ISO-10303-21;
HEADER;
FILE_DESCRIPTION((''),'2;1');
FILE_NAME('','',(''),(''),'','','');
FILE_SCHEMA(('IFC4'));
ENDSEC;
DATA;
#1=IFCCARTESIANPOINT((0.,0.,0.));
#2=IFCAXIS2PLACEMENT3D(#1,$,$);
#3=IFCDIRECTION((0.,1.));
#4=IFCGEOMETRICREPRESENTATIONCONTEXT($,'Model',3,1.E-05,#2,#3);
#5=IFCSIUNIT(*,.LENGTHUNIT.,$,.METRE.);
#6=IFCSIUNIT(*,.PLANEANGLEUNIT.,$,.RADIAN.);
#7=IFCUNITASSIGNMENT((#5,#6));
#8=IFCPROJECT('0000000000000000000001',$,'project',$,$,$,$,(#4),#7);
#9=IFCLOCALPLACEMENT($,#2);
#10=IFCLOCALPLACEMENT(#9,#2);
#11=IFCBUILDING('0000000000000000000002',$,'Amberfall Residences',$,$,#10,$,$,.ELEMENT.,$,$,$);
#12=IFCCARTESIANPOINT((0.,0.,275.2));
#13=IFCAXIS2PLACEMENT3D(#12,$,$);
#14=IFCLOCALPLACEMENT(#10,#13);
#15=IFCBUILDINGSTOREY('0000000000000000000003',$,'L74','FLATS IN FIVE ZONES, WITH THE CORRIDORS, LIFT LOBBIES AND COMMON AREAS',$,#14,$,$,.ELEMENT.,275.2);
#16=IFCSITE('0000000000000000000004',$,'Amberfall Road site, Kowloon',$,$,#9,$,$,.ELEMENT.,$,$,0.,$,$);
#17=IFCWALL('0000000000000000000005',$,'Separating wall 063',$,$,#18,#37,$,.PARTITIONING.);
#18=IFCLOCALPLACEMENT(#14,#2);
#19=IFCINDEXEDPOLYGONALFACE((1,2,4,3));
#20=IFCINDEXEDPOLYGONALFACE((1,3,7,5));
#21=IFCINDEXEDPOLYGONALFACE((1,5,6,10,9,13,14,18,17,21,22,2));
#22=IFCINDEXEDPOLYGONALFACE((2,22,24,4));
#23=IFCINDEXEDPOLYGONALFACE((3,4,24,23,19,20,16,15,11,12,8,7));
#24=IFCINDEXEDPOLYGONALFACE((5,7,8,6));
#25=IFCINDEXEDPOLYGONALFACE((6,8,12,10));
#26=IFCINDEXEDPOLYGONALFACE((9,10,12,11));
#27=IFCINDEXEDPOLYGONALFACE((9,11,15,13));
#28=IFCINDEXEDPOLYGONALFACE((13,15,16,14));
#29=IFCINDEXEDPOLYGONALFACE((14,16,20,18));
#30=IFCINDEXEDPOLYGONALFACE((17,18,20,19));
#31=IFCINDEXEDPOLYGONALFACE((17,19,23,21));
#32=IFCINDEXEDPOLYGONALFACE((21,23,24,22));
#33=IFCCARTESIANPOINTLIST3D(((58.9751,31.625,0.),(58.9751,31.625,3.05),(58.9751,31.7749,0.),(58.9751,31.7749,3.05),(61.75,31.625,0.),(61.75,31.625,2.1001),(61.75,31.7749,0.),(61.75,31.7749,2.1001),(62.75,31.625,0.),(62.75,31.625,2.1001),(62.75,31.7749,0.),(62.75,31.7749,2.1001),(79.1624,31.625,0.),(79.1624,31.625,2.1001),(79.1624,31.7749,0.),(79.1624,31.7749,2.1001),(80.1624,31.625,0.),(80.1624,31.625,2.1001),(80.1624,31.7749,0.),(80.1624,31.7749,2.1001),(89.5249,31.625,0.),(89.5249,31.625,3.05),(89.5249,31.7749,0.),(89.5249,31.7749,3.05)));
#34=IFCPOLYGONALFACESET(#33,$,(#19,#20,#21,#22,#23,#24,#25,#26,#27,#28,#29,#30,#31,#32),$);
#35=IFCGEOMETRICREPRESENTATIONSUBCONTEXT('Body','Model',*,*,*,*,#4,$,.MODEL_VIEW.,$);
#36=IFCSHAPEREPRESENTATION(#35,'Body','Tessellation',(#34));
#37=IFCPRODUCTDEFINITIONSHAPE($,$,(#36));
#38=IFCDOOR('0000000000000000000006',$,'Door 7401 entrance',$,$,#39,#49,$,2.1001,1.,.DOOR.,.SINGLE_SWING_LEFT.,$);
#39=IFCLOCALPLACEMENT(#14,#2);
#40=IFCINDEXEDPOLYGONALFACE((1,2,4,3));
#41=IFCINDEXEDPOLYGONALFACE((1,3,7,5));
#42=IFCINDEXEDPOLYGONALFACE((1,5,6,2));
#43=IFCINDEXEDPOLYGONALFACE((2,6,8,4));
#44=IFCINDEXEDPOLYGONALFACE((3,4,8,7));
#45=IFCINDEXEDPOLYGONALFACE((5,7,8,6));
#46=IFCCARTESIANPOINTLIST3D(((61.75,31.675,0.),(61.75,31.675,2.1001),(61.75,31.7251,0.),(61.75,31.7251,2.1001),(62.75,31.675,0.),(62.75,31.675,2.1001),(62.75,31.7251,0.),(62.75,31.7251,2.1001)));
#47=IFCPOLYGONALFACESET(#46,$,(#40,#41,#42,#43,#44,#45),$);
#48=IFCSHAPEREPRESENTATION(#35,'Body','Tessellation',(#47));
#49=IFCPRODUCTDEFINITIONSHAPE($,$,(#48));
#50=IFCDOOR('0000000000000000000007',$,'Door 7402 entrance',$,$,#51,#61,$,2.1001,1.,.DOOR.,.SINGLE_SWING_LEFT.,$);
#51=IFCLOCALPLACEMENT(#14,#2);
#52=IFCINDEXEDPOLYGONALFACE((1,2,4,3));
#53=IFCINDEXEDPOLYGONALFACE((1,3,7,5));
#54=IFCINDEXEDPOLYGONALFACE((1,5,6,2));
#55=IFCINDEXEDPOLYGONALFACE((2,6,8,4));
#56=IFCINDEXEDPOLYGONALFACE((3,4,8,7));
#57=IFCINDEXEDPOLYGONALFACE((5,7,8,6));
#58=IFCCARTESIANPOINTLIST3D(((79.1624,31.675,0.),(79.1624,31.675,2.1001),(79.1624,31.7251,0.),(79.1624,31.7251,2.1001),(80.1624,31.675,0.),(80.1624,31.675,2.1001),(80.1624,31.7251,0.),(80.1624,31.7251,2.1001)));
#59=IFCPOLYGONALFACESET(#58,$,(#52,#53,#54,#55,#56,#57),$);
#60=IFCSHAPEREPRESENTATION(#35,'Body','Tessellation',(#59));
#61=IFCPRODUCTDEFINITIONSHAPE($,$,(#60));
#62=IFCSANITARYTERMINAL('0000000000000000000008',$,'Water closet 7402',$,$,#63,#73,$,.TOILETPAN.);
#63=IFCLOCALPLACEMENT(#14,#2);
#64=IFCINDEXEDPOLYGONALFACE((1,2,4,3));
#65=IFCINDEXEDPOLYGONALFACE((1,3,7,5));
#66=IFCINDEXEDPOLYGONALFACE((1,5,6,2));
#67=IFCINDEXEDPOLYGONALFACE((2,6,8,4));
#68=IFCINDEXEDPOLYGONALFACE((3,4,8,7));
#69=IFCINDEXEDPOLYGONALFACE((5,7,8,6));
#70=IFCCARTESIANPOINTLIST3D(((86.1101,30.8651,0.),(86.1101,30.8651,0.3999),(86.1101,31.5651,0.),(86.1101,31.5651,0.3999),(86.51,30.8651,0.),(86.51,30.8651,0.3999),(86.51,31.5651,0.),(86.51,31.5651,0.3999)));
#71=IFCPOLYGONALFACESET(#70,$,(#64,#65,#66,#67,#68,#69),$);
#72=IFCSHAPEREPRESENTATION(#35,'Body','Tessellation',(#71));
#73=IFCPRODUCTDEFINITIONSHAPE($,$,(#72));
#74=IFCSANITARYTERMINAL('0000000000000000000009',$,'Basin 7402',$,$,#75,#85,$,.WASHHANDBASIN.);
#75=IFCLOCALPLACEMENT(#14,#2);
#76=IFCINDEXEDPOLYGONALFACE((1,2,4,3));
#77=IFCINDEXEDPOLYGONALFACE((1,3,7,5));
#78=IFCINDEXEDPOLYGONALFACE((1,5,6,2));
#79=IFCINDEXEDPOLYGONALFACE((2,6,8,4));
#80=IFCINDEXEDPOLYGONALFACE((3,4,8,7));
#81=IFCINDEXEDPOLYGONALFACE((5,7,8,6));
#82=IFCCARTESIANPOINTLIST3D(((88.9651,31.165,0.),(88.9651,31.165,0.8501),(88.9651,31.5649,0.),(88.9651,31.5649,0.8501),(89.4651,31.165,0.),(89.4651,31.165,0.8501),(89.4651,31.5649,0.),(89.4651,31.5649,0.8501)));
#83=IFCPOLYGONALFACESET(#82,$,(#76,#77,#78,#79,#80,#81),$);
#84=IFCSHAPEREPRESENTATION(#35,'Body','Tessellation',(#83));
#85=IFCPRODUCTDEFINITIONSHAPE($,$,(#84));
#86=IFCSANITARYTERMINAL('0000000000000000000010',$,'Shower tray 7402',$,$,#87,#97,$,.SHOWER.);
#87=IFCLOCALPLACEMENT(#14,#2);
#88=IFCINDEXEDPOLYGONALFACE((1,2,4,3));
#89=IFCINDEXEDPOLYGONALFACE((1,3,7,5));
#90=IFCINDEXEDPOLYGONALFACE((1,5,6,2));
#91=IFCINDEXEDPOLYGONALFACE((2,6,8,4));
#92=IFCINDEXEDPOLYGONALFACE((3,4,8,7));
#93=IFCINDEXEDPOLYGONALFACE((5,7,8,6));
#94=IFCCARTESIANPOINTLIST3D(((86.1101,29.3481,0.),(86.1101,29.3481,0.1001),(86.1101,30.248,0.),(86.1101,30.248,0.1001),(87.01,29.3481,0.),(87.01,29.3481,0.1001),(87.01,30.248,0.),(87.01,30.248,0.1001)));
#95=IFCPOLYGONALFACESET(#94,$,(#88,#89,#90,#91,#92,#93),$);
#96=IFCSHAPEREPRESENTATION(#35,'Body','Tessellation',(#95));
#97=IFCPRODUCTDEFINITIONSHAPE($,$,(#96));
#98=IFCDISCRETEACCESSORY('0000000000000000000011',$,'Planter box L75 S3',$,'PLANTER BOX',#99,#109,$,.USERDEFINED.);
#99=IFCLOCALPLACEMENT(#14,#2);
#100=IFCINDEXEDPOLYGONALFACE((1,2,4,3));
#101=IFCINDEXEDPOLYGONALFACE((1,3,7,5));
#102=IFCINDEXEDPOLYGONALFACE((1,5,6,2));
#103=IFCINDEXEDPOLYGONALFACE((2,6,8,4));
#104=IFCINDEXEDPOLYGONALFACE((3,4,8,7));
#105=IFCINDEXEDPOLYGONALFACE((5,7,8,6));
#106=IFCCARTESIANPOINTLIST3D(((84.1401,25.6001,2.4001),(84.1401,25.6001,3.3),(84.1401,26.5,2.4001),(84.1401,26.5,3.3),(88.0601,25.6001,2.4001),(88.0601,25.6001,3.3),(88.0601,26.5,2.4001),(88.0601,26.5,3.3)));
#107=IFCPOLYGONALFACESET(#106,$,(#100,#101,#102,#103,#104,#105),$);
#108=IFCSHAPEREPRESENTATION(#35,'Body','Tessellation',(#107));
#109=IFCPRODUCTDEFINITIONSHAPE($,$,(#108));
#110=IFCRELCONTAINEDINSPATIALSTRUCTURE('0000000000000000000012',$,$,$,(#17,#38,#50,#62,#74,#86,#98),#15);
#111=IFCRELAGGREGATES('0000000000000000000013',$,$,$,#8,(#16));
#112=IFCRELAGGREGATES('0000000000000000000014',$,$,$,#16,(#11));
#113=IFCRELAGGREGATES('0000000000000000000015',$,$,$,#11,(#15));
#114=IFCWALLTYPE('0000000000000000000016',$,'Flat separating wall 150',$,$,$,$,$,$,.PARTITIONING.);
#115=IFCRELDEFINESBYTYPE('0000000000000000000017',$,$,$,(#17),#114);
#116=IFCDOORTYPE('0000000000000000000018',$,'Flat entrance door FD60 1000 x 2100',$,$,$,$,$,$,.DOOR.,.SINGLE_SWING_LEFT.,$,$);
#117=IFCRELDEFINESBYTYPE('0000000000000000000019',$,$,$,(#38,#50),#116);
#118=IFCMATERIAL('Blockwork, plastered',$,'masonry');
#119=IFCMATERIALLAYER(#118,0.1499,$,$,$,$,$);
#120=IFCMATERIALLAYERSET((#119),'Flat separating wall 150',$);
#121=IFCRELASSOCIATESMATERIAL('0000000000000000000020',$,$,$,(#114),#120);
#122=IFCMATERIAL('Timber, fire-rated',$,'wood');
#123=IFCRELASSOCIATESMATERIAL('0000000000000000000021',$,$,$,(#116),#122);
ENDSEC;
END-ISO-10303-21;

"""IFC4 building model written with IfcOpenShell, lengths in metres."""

from ifc_helpers import new_model, si_unit, direction, frame, frame_2d, origin, origin_2d, place, context, subcontext, project, spatial, rectangle, extrude, material, layer, layer_set, type_object, element, fill, save


model = new_model("IFC4")

# Units and contexts
model_context = context("Model", 3, precision=1e-05, world=origin(), true_north=direction((0.0, 1.0)))
body_context = subcontext(model_context, "Body", "Model", "MODEL_VIEW")
ifc_project = project(units=[si_unit("LENGTHUNIT", "METRE"), si_unit("PLANEANGLEUNIT", "RADIAN")], contexts=[model_context])

# Site, building, storey
site_placement = place(None, origin())
site = spatial("IfcSite", under=ifc_project, at=site_placement, Name="Amberfall Road site, Kowloon", CompositionType="ELEMENT", RefElevation=0.0)
building_placement = place(site_placement, origin())
building = spatial("IfcBuilding", under=site, at=building_placement, Name="Amberfall Residences", CompositionType="ELEMENT")
storey_placement = place(building_placement, frame((0.0, 0.0, 275.2)))
storey = spatial("IfcBuildingStorey", under=building, at=storey_placement, Name="L74", Description="FLATS IN FIVE ZONES, WITH THE CORRIDORS, LIFT LOBBIES AND COMMON AREAS", CompositionType="ELEMENT", Elevation=275.2)

# Shared definitions
ifc_material_1 = material(Name="Blockwork, plastered", Category="masonry")
ifc_layer_1 = layer(ifc_material_1, 0.1499)
ifc_layer_set_1 = layer_set([ifc_layer_1], Name="Flat separating wall 150")
wall_type_1 = type_object("IfcWallType", Name="Flat separating wall 150", PredefinedType="PARTITIONING", material=ifc_layer_set_1)

# Wall, openings, doors
wall_1_placement = place(storey_placement, frame((89.5249, 31.7, 0.0), z_axis=(0.0, 0.0, 1.0), x_axis=(-1.0, 0.0, 0.0)))
wall_1 = element("IfcWall", 1, at=wall_1_placement, inside=storey, type_object=wall_type_1, Name="Separating wall 063", PredefinedType="PARTITIONING", context=body_context, shape_type="SweptSolid", body=[
    extrude(rectangle(XDim=30.5498, YDim=0.1499, at=frame_2d((15.2749, 0.0))), origin(), (0.0, 0.0, 1.0), 3.05),
])
opening_1_placement = place(wall_1_placement, frame((26.7749, 0.0, 0.0)))
opening_1 = element("IfcOpeningElement", 2, at=opening_1_placement, cuts=wall_1, PredefinedType="OPENING", context=body_context, shape_type="SweptSolid", body=[
    extrude(rectangle(XDim=1.0, YDim=2.1001, at=frame_2d((0.5, 1.05))), frame((0.0, 0.085, 0.0), z_axis=(0.0, -1.0, 0.0), x_axis=(1.0, 0.0, 0.0)), (0.0, 0.0, 1.0), 0.1699),
])
opening_2_placement = place(wall_1_placement, frame((9.3625, 0.0, 0.0)))
opening_2 = element("IfcOpeningElement", 3, at=opening_2_placement, cuts=wall_1, PredefinedType="OPENING", context=body_context, shape_type="SweptSolid", body=[
    extrude(rectangle(XDim=1.0, YDim=2.1001, at=frame_2d((0.5, 1.05))), frame((0.0, 0.085, 0.0), z_axis=(0.0, -1.0, 0.0), x_axis=(1.0, 0.0, 0.0)), (0.0, 0.0, 1.0), 0.1699),
])
ifc_material_2 = material(Name="Timber, fire-rated", Category="wood")
door_type_1 = type_object("IfcDoorType", Name="Flat entrance door FD60 1000 x 2100", OperationType="SINGLE_SWING_LEFT", PredefinedType="DOOR", material=ifc_material_2)
door_1_placement = place(opening_1_placement, origin())
door_1 = element("IfcDoor", 4, at=door_1_placement, inside=storey, type_object=door_type_1, Name="Door 7401 entrance", OperationType="SINGLE_SWING_LEFT", OverallHeight=2.1001, OverallWidth=1.0, PredefinedType="DOOR", context=body_context, shape_type="SweptSolid", body=[
    extrude(rectangle(XDim=1.0, YDim=2.1001, at=frame_2d((0.5, 1.05))), frame((0.0, 0.0249, 0.0), z_axis=(0.0, -1.0, 0.0), x_axis=(1.0, 0.0, 0.0)), (0.0, 0.0, 1.0), 0.05),
])
fill(opening_1, door_1)
door_2_placement = place(opening_2_placement, origin())
door_2 = element("IfcDoor", 5, at=door_2_placement, inside=storey, type_object=door_type_1, Name="Door 7402 entrance", OperationType="SINGLE_SWING_LEFT", OverallHeight=2.1001, OverallWidth=1.0, PredefinedType="DOOR", context=body_context, shape_type="SweptSolid", body=[
    extrude(rectangle(XDim=1.0, YDim=2.1001, at=frame_2d((0.5, 1.05))), frame((0.0, 0.0249, 0.0), z_axis=(0.0, -1.0, 0.0), x_axis=(1.0, 0.0, 0.0)), (0.0, 0.0, 1.0), 0.05),
])
fill(opening_2, door_2)

# Sanitary terminals
sanitary_terminal_1_placement = place(storey_placement, frame((86.3101, 31.2151, 0.0), z_axis=(0.0, 0.0, 1.0), x_axis=(1.0, 0.0, 0.0)))
element("IfcSanitaryTerminal", 6, at=sanitary_terminal_1_placement, inside=storey, Name="Water closet 7402", PredefinedType="TOILETPAN", context=body_context, shape_type="SweptSolid", body=[
    extrude(rectangle(XDim=0.3999, YDim=0.7, at=origin_2d()), origin(), (0.0, 0.0, 1.0), 0.3999),
])
sanitary_terminal_2_placement = place(storey_placement, frame((89.2151, 31.365, 0.0), z_axis=(0.0, 0.0, 1.0), x_axis=(1.0, 0.0, 0.0)))
element("IfcSanitaryTerminal", 7, at=sanitary_terminal_2_placement, inside=storey, Name="Basin 7402", PredefinedType="WASHHANDBASIN", context=body_context, shape_type="SweptSolid", body=[
    extrude(rectangle(XDim=0.5, YDim=0.3999, at=origin_2d()), origin(), (0.0, 0.0, 1.0), 0.8501),
])
sanitary_terminal_3_placement = place(storey_placement, frame((86.5601, 29.7981, 0.0), z_axis=(0.0, 0.0, 1.0), x_axis=(1.0, 0.0, 0.0)))
element("IfcSanitaryTerminal", 8, at=sanitary_terminal_3_placement, inside=storey, Name="Shower tray 7402", PredefinedType="SHOWER", context=body_context, shape_type="SweptSolid", body=[
    extrude(rectangle(XDim=0.8999, YDim=0.8999, at=origin_2d()), origin(), (0.0, 0.0, 1.0), 0.1001),
])

# Discrete accessory
discrete_accessory_placement = place(storey_placement, frame((86.1001, 26.05, 2.4001), z_axis=(0.0, 0.0, 1.0), x_axis=(1.0, 0.0, 0.0)))
element("IfcDiscreteAccessory", 9, at=discrete_accessory_placement, inside=storey, Name="Planter box L75 S3", ObjectType="PLANTER BOX", PredefinedType="USERDEFINED", context=body_context, shape_type="SweptSolid", body=[
    extrude(rectangle(XDim=3.9199, YDim=0.8999, at=origin_2d()), origin(), (0.0, 0.0, 1.0), 0.8999),
])

save(model, "model.ifc")
